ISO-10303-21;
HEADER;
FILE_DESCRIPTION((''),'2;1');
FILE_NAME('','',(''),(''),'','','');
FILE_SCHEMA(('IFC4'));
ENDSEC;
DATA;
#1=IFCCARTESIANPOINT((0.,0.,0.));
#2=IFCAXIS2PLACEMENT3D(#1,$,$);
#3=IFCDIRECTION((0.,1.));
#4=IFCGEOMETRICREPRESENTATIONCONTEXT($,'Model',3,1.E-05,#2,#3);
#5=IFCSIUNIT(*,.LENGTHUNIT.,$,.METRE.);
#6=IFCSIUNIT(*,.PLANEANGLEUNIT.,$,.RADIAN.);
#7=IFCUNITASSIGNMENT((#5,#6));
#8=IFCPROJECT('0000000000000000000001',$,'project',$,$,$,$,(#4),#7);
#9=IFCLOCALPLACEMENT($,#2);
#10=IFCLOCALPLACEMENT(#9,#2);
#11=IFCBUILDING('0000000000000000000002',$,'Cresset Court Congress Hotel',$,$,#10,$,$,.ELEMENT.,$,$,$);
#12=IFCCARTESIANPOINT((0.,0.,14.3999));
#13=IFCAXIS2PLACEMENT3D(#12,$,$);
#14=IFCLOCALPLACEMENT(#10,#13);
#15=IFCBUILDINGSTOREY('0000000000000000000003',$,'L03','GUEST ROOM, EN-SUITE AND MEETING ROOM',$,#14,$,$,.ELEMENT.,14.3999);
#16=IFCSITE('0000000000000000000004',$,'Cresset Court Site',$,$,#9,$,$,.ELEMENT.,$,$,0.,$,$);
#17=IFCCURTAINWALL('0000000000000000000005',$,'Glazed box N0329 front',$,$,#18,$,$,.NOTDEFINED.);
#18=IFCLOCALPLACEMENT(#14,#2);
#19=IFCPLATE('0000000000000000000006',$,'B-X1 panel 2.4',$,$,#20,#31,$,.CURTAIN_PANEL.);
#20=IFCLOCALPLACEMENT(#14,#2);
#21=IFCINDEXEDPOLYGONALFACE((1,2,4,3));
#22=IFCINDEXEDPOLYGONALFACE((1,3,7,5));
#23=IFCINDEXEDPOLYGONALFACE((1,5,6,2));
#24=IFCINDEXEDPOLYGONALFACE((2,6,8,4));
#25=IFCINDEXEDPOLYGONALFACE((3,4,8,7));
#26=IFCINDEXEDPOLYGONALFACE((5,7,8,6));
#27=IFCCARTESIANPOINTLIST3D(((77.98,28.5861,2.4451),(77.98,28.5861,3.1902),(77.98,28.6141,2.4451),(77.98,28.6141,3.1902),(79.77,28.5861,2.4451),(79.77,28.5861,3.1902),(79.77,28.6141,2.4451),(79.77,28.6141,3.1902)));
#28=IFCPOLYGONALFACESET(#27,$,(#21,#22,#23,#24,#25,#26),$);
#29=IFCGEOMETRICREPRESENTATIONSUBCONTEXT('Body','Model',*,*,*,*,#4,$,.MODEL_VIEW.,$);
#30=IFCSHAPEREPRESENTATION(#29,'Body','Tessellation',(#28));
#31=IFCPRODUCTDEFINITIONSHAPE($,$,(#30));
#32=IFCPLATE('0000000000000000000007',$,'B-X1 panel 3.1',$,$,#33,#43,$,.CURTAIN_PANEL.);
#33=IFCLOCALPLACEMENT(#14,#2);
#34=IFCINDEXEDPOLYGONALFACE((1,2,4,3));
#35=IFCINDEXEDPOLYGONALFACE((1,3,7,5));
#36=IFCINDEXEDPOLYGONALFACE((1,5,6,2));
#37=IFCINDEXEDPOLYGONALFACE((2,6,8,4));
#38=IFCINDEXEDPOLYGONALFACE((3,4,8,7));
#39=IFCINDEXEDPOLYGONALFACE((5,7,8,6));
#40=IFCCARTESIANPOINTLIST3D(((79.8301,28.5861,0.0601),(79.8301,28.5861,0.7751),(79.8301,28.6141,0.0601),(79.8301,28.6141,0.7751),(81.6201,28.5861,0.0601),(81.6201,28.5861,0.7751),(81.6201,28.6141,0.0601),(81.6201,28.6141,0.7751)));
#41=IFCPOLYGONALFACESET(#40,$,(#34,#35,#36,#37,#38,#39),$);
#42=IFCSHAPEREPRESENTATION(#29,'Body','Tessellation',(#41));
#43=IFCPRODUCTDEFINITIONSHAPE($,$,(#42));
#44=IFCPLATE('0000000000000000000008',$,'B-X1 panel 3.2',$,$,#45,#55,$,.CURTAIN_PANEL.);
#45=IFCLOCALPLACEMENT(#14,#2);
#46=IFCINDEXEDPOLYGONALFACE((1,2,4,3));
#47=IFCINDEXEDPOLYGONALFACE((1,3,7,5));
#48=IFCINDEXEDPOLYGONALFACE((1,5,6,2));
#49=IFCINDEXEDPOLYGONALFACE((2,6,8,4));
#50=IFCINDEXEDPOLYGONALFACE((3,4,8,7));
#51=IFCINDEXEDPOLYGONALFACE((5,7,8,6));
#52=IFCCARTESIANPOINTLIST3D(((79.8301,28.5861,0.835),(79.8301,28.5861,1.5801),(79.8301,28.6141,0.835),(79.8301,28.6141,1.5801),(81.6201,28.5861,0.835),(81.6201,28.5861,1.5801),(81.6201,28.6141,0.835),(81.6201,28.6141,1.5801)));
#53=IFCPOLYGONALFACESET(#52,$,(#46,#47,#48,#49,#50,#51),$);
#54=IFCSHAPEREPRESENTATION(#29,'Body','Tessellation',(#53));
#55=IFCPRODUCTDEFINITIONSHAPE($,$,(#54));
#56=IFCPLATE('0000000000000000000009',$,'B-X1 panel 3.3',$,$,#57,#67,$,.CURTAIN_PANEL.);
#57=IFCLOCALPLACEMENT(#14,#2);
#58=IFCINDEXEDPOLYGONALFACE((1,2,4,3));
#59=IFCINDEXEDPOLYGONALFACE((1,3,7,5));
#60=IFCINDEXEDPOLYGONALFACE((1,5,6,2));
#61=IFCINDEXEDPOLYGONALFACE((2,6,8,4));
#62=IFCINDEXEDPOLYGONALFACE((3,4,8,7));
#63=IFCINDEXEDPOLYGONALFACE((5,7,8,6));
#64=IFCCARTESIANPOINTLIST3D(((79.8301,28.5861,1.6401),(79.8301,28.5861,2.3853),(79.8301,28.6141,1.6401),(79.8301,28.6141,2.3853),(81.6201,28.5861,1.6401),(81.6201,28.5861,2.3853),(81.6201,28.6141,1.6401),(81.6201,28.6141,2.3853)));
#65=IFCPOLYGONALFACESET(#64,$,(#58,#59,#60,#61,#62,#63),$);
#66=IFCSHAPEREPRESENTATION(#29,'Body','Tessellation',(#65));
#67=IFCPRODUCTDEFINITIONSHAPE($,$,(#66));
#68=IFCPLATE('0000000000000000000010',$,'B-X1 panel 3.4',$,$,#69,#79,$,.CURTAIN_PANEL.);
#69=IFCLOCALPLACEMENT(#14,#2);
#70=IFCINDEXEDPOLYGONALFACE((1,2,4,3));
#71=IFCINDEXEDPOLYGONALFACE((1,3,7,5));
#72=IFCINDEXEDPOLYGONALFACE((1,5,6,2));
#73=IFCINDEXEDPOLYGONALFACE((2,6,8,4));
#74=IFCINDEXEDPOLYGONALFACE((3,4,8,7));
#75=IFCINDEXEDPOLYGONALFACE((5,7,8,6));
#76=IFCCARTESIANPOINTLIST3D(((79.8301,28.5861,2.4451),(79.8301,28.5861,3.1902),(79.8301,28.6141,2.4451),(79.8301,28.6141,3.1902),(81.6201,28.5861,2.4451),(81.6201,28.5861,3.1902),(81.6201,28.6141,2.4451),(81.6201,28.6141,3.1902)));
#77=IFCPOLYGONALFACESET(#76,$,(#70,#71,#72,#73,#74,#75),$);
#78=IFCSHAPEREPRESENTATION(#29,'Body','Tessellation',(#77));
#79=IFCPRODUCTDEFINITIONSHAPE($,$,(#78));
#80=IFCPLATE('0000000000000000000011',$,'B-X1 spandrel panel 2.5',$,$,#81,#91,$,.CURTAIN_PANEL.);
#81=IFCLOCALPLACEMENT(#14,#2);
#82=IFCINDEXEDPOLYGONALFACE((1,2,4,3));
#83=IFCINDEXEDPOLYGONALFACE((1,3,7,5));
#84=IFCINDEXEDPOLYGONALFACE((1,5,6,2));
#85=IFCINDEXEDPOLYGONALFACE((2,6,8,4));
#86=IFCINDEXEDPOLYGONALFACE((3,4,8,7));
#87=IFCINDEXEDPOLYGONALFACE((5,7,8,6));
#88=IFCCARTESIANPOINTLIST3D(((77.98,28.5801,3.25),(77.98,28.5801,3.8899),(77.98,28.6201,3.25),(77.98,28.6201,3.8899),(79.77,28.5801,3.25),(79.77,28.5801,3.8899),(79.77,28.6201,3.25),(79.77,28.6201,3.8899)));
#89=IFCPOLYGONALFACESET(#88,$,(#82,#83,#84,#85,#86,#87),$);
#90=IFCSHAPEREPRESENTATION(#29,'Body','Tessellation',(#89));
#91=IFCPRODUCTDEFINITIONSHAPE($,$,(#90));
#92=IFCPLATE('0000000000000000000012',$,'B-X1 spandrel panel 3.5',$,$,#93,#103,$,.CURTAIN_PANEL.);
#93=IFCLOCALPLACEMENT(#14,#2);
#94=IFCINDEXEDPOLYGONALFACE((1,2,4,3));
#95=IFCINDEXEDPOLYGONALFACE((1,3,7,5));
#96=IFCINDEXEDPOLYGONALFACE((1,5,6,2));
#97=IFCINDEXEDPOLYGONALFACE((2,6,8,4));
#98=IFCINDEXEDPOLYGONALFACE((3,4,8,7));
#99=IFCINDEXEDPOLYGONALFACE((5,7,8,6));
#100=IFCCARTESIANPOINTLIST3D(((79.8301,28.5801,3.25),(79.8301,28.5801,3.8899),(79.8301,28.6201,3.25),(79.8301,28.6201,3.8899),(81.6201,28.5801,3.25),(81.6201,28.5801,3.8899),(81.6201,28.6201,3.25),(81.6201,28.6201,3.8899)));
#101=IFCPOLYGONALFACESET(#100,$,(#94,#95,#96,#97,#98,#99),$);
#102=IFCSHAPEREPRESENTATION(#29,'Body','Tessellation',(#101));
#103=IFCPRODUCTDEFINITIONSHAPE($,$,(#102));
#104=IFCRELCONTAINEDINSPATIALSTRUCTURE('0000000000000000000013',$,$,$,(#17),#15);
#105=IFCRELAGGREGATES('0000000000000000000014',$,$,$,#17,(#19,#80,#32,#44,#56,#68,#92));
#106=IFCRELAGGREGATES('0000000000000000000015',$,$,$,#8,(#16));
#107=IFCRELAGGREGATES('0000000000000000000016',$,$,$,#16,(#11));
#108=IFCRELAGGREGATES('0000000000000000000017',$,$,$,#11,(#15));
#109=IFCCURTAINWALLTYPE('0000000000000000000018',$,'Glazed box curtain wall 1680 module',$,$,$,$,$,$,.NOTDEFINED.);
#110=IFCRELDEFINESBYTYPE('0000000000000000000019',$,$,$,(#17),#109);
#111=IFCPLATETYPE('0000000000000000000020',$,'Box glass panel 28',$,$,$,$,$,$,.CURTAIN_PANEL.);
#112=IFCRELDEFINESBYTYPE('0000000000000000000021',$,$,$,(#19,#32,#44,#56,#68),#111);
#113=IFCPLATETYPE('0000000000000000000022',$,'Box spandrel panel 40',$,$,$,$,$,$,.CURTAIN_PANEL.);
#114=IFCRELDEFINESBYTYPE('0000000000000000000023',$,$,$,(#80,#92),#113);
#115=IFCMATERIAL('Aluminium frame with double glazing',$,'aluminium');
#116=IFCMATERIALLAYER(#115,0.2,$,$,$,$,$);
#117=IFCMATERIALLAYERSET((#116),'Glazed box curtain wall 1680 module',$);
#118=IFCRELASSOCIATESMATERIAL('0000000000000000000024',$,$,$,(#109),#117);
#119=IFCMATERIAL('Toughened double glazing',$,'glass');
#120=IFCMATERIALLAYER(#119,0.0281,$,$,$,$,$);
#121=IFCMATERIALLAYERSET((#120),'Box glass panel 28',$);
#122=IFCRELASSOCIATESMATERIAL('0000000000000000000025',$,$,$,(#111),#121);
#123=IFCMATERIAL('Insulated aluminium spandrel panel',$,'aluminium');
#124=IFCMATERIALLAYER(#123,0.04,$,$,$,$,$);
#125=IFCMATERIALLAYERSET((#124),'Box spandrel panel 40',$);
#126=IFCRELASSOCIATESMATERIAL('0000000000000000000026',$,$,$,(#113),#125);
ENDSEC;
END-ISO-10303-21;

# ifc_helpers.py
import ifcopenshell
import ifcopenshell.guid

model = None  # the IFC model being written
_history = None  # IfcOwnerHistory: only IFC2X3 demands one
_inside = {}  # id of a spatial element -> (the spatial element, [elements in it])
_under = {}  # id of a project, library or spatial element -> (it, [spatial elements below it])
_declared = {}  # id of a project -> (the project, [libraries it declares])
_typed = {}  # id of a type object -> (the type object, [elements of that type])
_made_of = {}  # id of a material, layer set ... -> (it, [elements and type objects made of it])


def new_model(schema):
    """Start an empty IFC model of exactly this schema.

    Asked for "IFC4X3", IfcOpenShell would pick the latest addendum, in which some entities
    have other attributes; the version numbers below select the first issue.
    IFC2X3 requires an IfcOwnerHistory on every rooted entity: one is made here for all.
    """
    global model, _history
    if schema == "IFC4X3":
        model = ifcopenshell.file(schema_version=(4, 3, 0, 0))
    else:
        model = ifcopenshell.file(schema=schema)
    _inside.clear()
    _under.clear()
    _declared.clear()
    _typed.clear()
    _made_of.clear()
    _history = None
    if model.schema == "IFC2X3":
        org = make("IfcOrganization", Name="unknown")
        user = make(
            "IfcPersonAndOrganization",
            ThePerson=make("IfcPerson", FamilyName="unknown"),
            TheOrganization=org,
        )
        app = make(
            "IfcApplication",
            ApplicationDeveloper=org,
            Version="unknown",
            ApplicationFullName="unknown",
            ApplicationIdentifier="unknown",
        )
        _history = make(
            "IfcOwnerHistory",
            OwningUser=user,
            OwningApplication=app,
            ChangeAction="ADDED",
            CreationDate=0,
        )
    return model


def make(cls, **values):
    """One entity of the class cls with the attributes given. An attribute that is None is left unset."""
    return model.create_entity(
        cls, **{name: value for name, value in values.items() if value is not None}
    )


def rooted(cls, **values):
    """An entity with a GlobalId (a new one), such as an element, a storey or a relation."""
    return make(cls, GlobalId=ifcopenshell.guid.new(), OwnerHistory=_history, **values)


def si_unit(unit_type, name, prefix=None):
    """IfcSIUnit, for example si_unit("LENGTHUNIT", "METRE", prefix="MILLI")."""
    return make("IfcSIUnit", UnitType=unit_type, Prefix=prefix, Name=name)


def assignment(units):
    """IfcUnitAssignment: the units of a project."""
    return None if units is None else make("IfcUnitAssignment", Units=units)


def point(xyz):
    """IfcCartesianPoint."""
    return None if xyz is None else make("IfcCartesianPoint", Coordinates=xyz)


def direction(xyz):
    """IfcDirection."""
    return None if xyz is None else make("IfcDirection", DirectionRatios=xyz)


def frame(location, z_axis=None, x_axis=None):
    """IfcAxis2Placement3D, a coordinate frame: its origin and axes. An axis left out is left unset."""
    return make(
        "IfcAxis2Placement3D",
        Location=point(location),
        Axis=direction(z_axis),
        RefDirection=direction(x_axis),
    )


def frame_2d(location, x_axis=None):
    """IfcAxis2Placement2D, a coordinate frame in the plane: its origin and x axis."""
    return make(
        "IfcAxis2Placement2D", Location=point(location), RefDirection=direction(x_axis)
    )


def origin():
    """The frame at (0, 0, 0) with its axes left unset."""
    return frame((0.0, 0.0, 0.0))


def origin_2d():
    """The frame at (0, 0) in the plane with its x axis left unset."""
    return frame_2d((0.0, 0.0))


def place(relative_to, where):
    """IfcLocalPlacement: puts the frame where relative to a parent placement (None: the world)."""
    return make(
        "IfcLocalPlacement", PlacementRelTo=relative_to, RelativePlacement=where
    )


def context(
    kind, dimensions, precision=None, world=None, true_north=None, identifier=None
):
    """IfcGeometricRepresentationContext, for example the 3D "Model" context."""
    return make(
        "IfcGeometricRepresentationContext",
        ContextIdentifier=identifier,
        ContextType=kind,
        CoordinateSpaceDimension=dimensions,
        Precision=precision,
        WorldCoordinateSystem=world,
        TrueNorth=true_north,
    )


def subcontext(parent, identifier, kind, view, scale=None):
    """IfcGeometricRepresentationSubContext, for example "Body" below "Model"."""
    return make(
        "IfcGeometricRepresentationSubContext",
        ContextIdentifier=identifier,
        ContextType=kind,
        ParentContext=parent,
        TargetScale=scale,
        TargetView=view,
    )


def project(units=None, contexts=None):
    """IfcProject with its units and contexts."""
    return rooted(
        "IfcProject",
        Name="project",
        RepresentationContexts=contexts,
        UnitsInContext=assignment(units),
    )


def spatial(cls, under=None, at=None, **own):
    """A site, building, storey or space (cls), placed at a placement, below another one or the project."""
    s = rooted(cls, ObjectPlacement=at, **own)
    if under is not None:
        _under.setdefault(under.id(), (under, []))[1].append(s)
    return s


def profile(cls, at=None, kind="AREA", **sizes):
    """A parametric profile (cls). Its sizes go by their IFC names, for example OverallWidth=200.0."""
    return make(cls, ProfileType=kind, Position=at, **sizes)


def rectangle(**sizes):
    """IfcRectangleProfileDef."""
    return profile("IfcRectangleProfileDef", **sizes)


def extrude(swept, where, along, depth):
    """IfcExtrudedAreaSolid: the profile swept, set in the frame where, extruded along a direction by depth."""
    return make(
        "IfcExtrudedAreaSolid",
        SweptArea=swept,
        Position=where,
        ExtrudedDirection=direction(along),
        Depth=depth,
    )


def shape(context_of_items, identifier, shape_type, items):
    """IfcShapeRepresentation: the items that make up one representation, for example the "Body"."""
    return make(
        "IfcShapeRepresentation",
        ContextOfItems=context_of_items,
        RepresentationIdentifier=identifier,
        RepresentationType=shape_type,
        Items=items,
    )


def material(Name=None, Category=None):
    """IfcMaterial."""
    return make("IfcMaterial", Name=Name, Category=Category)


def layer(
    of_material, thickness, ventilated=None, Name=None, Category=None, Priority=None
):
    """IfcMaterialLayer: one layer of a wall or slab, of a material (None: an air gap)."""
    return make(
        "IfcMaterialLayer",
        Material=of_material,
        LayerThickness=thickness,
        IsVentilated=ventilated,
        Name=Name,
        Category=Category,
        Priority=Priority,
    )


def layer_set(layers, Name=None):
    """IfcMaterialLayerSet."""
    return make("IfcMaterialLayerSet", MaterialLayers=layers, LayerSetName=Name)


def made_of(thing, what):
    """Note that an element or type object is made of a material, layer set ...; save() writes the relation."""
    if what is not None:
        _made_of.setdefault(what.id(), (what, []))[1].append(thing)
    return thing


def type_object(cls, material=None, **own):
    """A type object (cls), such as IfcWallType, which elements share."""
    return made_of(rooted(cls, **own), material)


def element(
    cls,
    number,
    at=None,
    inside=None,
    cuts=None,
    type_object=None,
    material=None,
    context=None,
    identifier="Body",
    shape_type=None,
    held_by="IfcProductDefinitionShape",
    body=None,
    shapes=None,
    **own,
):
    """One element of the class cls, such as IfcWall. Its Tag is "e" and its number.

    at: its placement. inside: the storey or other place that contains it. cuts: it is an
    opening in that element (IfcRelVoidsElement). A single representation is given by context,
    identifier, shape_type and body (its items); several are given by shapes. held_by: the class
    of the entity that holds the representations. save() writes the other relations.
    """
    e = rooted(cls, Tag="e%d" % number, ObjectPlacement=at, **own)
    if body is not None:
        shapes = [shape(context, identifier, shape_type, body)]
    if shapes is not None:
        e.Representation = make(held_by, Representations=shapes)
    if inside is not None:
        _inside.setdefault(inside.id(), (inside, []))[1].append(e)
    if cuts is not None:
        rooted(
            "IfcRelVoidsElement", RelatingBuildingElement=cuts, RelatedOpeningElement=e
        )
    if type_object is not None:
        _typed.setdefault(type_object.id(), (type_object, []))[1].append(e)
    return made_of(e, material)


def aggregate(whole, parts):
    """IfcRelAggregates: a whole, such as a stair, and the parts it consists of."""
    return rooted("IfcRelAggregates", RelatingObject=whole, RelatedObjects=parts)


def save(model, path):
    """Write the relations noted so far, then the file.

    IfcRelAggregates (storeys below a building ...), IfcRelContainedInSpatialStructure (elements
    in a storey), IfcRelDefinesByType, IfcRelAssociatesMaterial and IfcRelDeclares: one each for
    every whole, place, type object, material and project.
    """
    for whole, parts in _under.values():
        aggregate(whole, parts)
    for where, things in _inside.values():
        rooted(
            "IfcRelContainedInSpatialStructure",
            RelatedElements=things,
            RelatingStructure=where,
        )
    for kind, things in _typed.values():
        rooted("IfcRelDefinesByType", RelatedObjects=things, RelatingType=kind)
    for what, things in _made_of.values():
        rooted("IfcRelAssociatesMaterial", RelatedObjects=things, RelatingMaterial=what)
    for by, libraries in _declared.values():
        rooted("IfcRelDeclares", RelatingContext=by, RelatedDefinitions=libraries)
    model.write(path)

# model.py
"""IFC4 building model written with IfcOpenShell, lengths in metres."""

from ifc_helpers import new_model, si_unit, direction, frame, origin, origin_2d, place, context, subcontext, project, spatial, rectangle, extrude, material, layer, layer_set, type_object, element, aggregate, save


model = new_model("IFC4")

# Units and contexts
model_context = context("Model", 3, precision=1e-05, world=origin(), true_north=direction((0.0, 1.0)))
body_context = subcontext(model_context, "Body", "Model", "MODEL_VIEW")
ifc_project = project(units=[si_unit("LENGTHUNIT", "METRE"), si_unit("PLANEANGLEUNIT", "RADIAN")], contexts=[model_context])

# Site, building, storey
site_placement = place(None, origin())
site = spatial("IfcSite", under=ifc_project, at=site_placement, Name="Cresset Court Site", CompositionType="ELEMENT", RefElevation=0.0)
building_placement = place(site_placement, origin())
building = spatial("IfcBuilding", under=site, at=building_placement, Name="Cresset Court Congress Hotel", CompositionType="ELEMENT")
storey_placement = place(building_placement, frame((0.0, 0.0, 14.3999)))
storey = spatial("IfcBuildingStorey", under=building, at=storey_placement, Name="L03", Description="GUEST ROOM, EN-SUITE AND MEETING ROOM", CompositionType="ELEMENT", Elevation=14.3999)

# Curtain wall, plates
ifc_material_1 = material(Name="Aluminium frame with double glazing", Category="aluminium")
ifc_layer_1 = layer(ifc_material_1, 0.2)
ifc_layer_set_1 = layer_set([ifc_layer_1], Name="Glazed box curtain wall 1680 module")
curtain_wall_type = type_object("IfcCurtainWallType", Name="Glazed box curtain wall 1680 module", PredefinedType="NOTDEFINED", material=ifc_layer_set_1)
curtain_wall_placement = place(storey_placement, origin())
curtain_wall = element("IfcCurtainWall", 1, at=curtain_wall_placement, inside=storey, type_object=curtain_wall_type, Name="Glazed box N0329 front", PredefinedType="NOTDEFINED")
ifc_material_2 = material(Name="Toughened double glazing", Category="glass")
ifc_layer_2 = layer(ifc_material_2, 0.0281)
ifc_layer_set_2 = layer_set([ifc_layer_2], Name="Box glass panel 28")
plate_type_1 = type_object("IfcPlateType", Name="Box glass panel 28", PredefinedType="CURTAIN_PANEL", material=ifc_layer_set_2)
plate_1_placement = place(storey_placement, frame((78.875, 28.6001, 2.4451), z_axis=(0.0, 0.0, 1.0), x_axis=(1.0, 0.0, 0.0)))
plate_1 = element("IfcPlate", 2, at=plate_1_placement, type_object=plate_type_1, Name="B-X1 panel 2.4", PredefinedType="CURTAIN_PANEL", context=body_context, shape_type="SweptSolid", body=[
    extrude(rectangle(XDim=1.79, YDim=0.0281, at=origin_2d()), origin(), (0.0, 0.0, 1.0), 0.7451),
])
plate_2_placement = place(storey_placement, frame((80.7251, 28.6001, 0.0601), z_axis=(0.0, 0.0, 1.0), x_axis=(1.0, 0.0, 0.0)))
plate_2 = element("IfcPlate", 3, at=plate_2_placement, type_object=plate_type_1, Name="B-X1 panel 3.1", PredefinedType="CURTAIN_PANEL", context=body_context, shape_type="SweptSolid", body=[
    extrude(rectangle(XDim=1.79, YDim=0.0281, at=origin_2d()), origin(), (0.0, 0.0, 1.0), 0.7151),
])
plate_3_placement = place(storey_placement, frame((80.7251, 28.6001, 0.835), z_axis=(0.0, 0.0, 1.0), x_axis=(1.0, 0.0, 0.0)))
plate_3 = element("IfcPlate", 4, at=plate_3_placement, type_object=plate_type_1, Name="B-X1 panel 3.2", PredefinedType="CURTAIN_PANEL", context=body_context, shape_type="SweptSolid", body=[
    extrude(rectangle(XDim=1.79, YDim=0.0281, at=origin_2d()), origin(), (0.0, 0.0, 1.0), 0.7451),
])
plate_4_placement = place(storey_placement, frame((80.7251, 28.6001, 1.6401), z_axis=(0.0, 0.0, 1.0), x_axis=(1.0, 0.0, 0.0)))
plate_4 = element("IfcPlate", 5, at=plate_4_placement, type_object=plate_type_1, Name="B-X1 panel 3.3", PredefinedType="CURTAIN_PANEL", context=body_context, shape_type="SweptSolid", body=[
    extrude(rectangle(XDim=1.79, YDim=0.0281, at=origin_2d()), origin(), (0.0, 0.0, 1.0), 0.7451),
])
plate_5_placement = place(storey_placement, frame((80.7251, 28.6001, 2.4451), z_axis=(0.0, 0.0, 1.0), x_axis=(1.0, 0.0, 0.0)))
plate_5 = element("IfcPlate", 6, at=plate_5_placement, type_object=plate_type_1, Name="B-X1 panel 3.4", PredefinedType="CURTAIN_PANEL", context=body_context, shape_type="SweptSolid", body=[
    extrude(rectangle(XDim=1.79, YDim=0.0281, at=origin_2d()), origin(), (0.0, 0.0, 1.0), 0.7451),
])
ifc_material_3 = material(Name="Insulated aluminium spandrel panel", Category="aluminium")
ifc_layer_3 = layer(ifc_material_3, 0.04)
ifc_layer_set_3 = layer_set([ifc_layer_3], Name="Box spandrel panel 40")
plate_type_2 = type_object("IfcPlateType", Name="Box spandrel panel 40", PredefinedType="CURTAIN_PANEL", material=ifc_layer_set_3)
plate_6_placement = place(storey_placement, frame((78.875, 28.6001, 3.25), z_axis=(0.0, 0.0, 1.0), x_axis=(1.0, 0.0, 0.0)))
plate_6 = element("IfcPlate", 7, at=plate_6_placement, type_object=plate_type_2, Name="B-X1 spandrel panel 2.5", PredefinedType="CURTAIN_PANEL", context=body_context, shape_type="SweptSolid", body=[
    extrude(rectangle(XDim=1.79, YDim=0.04, at=origin_2d()), origin(), (0.0, 0.0, 1.0), 0.6399),
])
plate_7_placement = place(storey_placement, frame((80.7251, 28.6001, 3.25), z_axis=(0.0, 0.0, 1.0), x_axis=(1.0, 0.0, 0.0)))
plate_7 = element("IfcPlate", 8, at=plate_7_placement, type_object=plate_type_2, Name="B-X1 spandrel panel 3.5", PredefinedType="CURTAIN_PANEL", context=body_context, shape_type="SweptSolid", body=[
    extrude(rectangle(XDim=1.79, YDim=0.04, at=origin_2d()), origin(), (0.0, 0.0, 1.0), 0.6399),
])
aggregate(curtain_wall, [plate_1, plate_6, plate_2, plate_3, plate_4, plate_5, plate_7])

save(model, "model.ifc")
